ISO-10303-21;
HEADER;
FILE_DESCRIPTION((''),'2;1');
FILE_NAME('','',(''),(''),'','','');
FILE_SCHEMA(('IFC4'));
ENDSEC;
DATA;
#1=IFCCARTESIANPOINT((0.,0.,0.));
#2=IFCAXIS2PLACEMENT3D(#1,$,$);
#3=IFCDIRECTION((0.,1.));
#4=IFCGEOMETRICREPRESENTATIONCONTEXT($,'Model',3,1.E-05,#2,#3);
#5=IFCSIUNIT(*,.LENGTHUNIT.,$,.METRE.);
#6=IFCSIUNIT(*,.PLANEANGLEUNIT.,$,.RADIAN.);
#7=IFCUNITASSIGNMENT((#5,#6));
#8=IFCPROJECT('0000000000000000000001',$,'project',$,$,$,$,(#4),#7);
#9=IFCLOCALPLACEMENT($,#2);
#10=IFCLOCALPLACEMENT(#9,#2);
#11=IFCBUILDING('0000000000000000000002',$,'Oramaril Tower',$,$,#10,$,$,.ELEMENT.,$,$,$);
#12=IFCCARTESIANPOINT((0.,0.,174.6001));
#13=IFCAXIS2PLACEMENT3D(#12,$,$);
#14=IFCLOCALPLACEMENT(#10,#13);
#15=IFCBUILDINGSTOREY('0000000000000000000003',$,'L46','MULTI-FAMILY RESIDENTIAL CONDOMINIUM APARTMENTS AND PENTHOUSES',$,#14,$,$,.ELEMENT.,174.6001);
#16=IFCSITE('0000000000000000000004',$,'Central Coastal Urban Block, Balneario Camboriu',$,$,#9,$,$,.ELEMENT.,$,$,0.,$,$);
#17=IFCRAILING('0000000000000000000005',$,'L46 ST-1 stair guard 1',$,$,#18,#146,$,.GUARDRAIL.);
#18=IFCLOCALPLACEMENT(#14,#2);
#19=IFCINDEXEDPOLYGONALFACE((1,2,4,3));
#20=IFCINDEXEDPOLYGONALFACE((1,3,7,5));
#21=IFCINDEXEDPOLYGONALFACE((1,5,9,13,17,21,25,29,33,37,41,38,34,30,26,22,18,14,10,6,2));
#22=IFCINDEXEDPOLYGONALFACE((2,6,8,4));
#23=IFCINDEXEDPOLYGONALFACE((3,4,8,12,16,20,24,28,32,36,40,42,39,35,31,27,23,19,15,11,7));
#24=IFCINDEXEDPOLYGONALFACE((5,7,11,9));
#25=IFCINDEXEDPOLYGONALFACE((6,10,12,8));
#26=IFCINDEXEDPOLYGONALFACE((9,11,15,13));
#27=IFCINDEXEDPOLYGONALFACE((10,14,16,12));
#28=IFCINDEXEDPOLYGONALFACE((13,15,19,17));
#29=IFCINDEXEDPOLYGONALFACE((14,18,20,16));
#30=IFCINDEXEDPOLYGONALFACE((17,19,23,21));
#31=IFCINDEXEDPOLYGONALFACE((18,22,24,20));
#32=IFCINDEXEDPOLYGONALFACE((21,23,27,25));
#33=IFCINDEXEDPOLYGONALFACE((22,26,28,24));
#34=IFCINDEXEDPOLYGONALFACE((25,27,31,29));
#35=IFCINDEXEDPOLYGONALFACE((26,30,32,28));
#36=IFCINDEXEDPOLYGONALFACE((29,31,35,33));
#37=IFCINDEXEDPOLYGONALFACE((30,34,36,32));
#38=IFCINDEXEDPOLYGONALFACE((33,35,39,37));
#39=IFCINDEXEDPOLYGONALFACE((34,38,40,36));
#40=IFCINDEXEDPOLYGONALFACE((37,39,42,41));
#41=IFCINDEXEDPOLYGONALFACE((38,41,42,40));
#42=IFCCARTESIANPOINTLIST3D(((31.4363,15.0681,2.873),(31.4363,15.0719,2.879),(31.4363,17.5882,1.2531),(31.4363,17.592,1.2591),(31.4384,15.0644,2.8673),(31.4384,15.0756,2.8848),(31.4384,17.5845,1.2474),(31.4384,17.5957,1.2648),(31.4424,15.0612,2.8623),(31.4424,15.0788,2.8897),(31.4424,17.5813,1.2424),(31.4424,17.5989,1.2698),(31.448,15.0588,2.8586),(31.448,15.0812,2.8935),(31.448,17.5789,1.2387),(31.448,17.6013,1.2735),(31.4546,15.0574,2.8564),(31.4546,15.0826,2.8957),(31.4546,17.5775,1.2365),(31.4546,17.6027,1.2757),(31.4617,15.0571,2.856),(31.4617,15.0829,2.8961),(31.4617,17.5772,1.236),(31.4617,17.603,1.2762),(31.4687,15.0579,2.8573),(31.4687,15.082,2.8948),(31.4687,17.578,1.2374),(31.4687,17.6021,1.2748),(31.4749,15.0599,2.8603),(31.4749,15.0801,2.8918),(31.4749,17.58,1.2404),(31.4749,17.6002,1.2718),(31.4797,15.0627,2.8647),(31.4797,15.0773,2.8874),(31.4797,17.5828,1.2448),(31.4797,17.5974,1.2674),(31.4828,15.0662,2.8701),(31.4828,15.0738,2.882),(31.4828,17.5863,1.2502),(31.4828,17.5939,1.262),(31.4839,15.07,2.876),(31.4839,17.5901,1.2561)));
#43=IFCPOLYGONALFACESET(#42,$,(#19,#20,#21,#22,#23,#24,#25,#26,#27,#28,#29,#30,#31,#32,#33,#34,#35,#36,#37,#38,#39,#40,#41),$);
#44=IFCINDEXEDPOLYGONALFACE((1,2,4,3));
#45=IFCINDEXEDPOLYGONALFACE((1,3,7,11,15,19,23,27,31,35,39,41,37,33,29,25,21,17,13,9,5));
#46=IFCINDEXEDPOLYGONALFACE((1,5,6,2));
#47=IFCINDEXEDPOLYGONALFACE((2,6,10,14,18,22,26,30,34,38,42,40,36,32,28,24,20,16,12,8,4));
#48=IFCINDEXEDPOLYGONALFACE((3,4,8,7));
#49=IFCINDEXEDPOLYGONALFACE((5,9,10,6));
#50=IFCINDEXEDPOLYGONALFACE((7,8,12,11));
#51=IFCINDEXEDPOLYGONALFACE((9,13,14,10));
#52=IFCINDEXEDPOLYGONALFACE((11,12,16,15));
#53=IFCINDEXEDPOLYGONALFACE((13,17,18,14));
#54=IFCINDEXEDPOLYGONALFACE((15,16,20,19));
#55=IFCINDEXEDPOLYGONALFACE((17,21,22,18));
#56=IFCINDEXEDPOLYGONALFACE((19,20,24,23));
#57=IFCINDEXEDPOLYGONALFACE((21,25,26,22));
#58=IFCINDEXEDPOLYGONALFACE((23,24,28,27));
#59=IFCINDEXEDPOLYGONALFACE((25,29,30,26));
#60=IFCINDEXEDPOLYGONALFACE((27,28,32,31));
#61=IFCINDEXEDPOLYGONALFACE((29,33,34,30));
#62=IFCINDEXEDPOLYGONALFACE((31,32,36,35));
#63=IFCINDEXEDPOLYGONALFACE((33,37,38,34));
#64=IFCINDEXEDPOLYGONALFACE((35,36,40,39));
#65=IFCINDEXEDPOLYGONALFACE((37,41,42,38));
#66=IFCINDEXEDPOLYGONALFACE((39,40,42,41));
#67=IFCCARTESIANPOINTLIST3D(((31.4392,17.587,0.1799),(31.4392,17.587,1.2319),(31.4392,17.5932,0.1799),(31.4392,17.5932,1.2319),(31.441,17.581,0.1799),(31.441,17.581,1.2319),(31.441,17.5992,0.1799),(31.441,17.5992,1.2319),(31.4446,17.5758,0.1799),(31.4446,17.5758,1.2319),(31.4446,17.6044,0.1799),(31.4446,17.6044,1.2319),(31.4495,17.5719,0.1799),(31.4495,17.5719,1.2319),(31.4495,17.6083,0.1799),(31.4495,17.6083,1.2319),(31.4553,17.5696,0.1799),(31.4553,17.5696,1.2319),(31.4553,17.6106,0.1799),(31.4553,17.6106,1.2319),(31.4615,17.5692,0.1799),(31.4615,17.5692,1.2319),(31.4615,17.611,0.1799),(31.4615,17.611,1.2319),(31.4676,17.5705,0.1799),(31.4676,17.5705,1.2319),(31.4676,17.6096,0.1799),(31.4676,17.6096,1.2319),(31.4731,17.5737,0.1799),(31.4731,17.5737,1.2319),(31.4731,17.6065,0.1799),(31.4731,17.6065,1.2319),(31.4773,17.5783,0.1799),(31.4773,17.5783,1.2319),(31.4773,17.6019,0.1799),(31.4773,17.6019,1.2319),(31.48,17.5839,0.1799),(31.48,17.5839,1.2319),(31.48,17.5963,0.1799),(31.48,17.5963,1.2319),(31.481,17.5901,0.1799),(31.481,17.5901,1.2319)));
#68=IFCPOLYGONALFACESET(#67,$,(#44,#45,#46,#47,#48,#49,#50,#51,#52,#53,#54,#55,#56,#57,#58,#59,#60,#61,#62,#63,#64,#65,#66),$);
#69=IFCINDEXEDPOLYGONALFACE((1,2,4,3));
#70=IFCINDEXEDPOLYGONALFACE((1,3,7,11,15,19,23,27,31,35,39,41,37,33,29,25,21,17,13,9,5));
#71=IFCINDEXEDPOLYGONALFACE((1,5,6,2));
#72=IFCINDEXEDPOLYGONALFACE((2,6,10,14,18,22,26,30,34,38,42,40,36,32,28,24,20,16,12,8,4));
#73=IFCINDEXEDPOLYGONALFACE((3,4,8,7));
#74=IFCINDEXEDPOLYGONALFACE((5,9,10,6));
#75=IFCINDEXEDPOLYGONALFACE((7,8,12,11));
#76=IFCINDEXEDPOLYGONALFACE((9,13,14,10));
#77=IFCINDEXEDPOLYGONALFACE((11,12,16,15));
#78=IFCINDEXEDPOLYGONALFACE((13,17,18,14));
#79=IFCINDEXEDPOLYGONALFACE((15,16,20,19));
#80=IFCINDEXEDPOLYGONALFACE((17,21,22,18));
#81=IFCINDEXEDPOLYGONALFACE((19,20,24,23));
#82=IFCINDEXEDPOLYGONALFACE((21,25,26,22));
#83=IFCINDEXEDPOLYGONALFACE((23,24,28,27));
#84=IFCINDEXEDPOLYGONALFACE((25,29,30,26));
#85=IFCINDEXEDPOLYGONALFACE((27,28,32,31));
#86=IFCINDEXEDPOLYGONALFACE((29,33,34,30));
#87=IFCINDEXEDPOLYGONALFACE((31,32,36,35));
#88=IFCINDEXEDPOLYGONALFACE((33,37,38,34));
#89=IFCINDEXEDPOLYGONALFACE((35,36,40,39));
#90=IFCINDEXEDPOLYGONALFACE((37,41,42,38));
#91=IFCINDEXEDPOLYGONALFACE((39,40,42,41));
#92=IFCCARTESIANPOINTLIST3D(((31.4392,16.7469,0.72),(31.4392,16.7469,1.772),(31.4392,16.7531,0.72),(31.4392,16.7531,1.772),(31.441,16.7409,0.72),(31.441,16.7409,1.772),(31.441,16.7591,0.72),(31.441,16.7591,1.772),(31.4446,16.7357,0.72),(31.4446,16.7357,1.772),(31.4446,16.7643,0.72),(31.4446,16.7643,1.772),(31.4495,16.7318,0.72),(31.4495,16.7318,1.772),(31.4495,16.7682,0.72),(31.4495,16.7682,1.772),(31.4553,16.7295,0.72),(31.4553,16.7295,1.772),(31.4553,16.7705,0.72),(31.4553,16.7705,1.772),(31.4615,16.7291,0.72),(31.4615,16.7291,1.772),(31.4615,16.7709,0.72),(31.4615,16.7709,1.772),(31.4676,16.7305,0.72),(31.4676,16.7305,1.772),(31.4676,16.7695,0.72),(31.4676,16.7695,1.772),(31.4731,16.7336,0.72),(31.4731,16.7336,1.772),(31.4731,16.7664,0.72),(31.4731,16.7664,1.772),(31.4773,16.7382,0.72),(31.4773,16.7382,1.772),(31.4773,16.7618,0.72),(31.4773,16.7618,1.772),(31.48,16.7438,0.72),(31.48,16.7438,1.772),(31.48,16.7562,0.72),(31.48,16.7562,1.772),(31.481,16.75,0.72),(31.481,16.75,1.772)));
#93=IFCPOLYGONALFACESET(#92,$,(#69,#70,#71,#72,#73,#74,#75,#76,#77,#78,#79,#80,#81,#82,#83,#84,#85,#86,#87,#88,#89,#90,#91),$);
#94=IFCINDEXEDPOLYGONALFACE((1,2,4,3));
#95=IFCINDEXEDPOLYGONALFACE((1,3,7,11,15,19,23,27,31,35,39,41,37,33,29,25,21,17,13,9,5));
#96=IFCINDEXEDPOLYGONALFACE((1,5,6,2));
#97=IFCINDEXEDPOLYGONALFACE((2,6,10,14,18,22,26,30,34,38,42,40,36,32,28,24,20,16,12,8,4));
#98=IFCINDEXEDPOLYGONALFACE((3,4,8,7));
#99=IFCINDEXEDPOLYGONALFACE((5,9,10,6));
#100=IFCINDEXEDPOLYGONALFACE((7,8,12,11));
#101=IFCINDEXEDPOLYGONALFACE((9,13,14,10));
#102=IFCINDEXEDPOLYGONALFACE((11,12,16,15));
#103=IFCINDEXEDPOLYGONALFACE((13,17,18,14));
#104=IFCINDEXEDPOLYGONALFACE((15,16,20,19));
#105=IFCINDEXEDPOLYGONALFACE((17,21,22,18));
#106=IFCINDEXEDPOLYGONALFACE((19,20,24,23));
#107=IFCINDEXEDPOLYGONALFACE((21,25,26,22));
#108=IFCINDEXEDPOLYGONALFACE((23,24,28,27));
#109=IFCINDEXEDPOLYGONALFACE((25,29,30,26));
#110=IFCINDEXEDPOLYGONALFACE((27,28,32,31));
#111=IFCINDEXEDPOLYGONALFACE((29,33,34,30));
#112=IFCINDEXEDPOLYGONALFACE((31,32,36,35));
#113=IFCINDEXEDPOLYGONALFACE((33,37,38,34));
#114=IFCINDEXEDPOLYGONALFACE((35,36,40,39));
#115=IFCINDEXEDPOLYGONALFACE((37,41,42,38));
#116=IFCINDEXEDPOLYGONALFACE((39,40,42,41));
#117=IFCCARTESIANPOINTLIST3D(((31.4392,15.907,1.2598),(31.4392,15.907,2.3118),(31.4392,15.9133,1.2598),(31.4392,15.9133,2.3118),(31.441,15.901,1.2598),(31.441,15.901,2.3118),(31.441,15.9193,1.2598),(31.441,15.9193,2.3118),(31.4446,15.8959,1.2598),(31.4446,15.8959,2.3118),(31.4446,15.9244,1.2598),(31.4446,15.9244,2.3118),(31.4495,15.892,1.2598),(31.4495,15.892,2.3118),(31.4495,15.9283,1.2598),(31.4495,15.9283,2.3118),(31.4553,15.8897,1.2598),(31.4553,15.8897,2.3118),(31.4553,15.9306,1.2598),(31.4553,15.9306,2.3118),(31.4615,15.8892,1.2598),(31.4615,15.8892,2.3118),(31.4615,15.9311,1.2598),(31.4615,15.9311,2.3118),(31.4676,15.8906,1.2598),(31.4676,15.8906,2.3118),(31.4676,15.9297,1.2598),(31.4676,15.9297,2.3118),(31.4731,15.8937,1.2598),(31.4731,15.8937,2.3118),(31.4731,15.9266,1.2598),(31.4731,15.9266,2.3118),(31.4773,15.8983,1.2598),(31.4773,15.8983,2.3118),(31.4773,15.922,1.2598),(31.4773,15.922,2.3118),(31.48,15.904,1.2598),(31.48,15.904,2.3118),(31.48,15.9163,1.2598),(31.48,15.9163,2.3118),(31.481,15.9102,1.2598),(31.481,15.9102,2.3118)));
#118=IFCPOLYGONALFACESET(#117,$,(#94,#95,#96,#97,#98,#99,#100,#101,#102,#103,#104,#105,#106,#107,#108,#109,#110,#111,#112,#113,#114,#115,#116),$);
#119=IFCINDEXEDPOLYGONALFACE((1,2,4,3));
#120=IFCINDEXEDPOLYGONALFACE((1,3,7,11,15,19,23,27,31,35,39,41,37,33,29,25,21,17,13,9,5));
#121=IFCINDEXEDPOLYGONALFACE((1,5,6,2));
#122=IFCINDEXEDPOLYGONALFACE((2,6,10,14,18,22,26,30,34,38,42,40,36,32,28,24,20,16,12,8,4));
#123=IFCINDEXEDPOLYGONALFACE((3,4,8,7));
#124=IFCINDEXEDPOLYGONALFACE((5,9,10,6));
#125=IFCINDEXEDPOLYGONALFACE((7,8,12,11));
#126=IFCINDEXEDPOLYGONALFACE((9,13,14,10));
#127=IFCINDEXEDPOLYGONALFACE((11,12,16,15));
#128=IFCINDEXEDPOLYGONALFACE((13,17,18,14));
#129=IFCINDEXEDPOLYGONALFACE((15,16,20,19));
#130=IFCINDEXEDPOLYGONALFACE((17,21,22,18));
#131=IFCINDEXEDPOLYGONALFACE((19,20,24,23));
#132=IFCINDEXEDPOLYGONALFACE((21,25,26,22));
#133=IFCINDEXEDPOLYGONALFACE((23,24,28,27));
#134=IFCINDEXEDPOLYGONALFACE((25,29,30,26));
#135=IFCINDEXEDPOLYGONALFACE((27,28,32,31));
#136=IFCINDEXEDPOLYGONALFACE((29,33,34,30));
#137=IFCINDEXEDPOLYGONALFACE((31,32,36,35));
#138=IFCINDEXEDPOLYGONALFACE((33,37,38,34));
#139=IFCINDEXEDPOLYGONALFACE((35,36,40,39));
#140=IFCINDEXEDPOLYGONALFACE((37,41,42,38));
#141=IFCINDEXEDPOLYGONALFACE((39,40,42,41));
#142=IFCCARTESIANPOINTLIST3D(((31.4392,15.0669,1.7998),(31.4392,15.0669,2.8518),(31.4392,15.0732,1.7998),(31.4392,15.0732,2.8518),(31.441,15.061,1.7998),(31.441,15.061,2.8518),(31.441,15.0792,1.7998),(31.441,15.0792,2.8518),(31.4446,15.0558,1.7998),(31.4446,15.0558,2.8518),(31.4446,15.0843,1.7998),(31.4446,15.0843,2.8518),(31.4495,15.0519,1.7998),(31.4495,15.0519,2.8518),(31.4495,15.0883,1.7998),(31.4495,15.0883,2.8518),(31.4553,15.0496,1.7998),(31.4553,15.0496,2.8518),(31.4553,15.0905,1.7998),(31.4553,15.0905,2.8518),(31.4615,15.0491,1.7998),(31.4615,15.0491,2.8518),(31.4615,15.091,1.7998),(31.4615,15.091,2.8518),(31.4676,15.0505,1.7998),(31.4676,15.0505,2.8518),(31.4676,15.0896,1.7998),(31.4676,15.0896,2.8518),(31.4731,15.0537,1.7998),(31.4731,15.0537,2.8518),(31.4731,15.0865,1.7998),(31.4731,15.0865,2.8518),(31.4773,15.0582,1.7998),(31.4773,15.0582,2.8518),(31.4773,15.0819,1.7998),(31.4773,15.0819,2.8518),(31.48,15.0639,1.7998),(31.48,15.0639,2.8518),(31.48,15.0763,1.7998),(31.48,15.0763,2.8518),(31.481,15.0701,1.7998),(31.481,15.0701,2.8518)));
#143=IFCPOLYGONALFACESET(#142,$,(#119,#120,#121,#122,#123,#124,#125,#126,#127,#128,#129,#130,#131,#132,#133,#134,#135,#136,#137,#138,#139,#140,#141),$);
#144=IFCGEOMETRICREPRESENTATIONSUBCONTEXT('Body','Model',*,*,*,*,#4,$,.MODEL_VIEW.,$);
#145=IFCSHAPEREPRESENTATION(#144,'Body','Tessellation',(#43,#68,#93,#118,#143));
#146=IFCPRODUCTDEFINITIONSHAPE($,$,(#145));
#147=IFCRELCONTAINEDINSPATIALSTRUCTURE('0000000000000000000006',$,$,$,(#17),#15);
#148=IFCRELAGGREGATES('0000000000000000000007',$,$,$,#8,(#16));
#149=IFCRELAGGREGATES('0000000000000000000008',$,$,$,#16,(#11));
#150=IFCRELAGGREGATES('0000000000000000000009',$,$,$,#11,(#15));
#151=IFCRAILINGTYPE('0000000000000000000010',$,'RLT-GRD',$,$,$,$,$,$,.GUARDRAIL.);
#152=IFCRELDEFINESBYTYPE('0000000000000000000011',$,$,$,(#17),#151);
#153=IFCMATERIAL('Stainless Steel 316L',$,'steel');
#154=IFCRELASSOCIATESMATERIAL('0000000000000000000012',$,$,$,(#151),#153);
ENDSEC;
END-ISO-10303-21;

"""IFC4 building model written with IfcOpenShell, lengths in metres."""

from ifc_helpers import new_model, si_unit, direction, frame, origin, origin_2d, place, context, subcontext, project, spatial, circle, extrude, material, type_object, element, save


model = new_model("IFC4")

# Units and contexts
model_context = context("Model", 3, precision=1e-05, world=origin(), true_north=direction((0.0, 1.0)))
body_context = subcontext(model_context, "Body", "Model", "MODEL_VIEW")
ifc_project = project(units=[si_unit("LENGTHUNIT", "METRE"), si_unit("PLANEANGLEUNIT", "RADIAN")], contexts=[model_context])

# Site, building, storey
site_placement = place(None, origin())
site = spatial("IfcSite", under=ifc_project, at=site_placement, Name="Central Coastal Urban Block, Balneario Camboriu", CompositionType="ELEMENT", RefElevation=0.0)
building_placement = place(site_placement, origin())
building = spatial("IfcBuilding", under=site, at=building_placement, Name="Oramaril Tower", CompositionType="ELEMENT")
storey_placement = place(building_placement, frame((0.0, 0.0, 174.6001)))
storey = spatial("IfcBuildingStorey", under=building, at=storey_placement, Name="L46", Description="MULTI-FAMILY RESIDENTIAL CONDOMINIUM APARTMENTS AND PENTHOUSES", CompositionType="ELEMENT", Elevation=174.6001)

# Railing
ifc_material_1 = material(Name="Stainless Steel 316L", Category="steel")
railing_type_1 = type_object("IfcRailingType", Name="RLT-GRD", PredefinedType="GUARDRAIL", material=ifc_material_1)
railing_1_placement = place(storey_placement, frame((31.46, 17.5901, 0.1799)))
element("IfcRailing", 1, at=railing_1_placement, inside=storey, type_object=railing_type_1, Name="L46 ST-1 stair guard 1", PredefinedType="GUARDRAIL", context=body_context, shape_type="SweptSolid", body=[
    extrude(circle(Radius=0.0239, at=origin_2d()), frame((0.0, 0.0, 1.0762), z_axis=(0.0, -0.8412, 0.540725), x_axis=(1.0, 0.0, 0.0)), (0.0, 0.0, 1.0), 2.9958),
    extrude(circle(Radius=0.021, at=origin_2d()), origin(), (0.0, 0.0, 1.0), 1.052),
    extrude(circle(Radius=0.021, at=origin_2d()), frame((0.0, -0.8401, 0.54)), (0.0, 0.0, 1.0), 1.052),
    extrude(circle(Radius=0.021, at=origin_2d()), frame((0.0, -1.6799, 1.0798)), (0.0, 0.0, 1.0), 1.052),
    extrude(circle(Radius=0.021, at=origin_2d()), frame((0.0, -2.52, 1.6199)), (0.0, 0.0, 1.0), 1.052),
])

save(model, "model.ifc")
